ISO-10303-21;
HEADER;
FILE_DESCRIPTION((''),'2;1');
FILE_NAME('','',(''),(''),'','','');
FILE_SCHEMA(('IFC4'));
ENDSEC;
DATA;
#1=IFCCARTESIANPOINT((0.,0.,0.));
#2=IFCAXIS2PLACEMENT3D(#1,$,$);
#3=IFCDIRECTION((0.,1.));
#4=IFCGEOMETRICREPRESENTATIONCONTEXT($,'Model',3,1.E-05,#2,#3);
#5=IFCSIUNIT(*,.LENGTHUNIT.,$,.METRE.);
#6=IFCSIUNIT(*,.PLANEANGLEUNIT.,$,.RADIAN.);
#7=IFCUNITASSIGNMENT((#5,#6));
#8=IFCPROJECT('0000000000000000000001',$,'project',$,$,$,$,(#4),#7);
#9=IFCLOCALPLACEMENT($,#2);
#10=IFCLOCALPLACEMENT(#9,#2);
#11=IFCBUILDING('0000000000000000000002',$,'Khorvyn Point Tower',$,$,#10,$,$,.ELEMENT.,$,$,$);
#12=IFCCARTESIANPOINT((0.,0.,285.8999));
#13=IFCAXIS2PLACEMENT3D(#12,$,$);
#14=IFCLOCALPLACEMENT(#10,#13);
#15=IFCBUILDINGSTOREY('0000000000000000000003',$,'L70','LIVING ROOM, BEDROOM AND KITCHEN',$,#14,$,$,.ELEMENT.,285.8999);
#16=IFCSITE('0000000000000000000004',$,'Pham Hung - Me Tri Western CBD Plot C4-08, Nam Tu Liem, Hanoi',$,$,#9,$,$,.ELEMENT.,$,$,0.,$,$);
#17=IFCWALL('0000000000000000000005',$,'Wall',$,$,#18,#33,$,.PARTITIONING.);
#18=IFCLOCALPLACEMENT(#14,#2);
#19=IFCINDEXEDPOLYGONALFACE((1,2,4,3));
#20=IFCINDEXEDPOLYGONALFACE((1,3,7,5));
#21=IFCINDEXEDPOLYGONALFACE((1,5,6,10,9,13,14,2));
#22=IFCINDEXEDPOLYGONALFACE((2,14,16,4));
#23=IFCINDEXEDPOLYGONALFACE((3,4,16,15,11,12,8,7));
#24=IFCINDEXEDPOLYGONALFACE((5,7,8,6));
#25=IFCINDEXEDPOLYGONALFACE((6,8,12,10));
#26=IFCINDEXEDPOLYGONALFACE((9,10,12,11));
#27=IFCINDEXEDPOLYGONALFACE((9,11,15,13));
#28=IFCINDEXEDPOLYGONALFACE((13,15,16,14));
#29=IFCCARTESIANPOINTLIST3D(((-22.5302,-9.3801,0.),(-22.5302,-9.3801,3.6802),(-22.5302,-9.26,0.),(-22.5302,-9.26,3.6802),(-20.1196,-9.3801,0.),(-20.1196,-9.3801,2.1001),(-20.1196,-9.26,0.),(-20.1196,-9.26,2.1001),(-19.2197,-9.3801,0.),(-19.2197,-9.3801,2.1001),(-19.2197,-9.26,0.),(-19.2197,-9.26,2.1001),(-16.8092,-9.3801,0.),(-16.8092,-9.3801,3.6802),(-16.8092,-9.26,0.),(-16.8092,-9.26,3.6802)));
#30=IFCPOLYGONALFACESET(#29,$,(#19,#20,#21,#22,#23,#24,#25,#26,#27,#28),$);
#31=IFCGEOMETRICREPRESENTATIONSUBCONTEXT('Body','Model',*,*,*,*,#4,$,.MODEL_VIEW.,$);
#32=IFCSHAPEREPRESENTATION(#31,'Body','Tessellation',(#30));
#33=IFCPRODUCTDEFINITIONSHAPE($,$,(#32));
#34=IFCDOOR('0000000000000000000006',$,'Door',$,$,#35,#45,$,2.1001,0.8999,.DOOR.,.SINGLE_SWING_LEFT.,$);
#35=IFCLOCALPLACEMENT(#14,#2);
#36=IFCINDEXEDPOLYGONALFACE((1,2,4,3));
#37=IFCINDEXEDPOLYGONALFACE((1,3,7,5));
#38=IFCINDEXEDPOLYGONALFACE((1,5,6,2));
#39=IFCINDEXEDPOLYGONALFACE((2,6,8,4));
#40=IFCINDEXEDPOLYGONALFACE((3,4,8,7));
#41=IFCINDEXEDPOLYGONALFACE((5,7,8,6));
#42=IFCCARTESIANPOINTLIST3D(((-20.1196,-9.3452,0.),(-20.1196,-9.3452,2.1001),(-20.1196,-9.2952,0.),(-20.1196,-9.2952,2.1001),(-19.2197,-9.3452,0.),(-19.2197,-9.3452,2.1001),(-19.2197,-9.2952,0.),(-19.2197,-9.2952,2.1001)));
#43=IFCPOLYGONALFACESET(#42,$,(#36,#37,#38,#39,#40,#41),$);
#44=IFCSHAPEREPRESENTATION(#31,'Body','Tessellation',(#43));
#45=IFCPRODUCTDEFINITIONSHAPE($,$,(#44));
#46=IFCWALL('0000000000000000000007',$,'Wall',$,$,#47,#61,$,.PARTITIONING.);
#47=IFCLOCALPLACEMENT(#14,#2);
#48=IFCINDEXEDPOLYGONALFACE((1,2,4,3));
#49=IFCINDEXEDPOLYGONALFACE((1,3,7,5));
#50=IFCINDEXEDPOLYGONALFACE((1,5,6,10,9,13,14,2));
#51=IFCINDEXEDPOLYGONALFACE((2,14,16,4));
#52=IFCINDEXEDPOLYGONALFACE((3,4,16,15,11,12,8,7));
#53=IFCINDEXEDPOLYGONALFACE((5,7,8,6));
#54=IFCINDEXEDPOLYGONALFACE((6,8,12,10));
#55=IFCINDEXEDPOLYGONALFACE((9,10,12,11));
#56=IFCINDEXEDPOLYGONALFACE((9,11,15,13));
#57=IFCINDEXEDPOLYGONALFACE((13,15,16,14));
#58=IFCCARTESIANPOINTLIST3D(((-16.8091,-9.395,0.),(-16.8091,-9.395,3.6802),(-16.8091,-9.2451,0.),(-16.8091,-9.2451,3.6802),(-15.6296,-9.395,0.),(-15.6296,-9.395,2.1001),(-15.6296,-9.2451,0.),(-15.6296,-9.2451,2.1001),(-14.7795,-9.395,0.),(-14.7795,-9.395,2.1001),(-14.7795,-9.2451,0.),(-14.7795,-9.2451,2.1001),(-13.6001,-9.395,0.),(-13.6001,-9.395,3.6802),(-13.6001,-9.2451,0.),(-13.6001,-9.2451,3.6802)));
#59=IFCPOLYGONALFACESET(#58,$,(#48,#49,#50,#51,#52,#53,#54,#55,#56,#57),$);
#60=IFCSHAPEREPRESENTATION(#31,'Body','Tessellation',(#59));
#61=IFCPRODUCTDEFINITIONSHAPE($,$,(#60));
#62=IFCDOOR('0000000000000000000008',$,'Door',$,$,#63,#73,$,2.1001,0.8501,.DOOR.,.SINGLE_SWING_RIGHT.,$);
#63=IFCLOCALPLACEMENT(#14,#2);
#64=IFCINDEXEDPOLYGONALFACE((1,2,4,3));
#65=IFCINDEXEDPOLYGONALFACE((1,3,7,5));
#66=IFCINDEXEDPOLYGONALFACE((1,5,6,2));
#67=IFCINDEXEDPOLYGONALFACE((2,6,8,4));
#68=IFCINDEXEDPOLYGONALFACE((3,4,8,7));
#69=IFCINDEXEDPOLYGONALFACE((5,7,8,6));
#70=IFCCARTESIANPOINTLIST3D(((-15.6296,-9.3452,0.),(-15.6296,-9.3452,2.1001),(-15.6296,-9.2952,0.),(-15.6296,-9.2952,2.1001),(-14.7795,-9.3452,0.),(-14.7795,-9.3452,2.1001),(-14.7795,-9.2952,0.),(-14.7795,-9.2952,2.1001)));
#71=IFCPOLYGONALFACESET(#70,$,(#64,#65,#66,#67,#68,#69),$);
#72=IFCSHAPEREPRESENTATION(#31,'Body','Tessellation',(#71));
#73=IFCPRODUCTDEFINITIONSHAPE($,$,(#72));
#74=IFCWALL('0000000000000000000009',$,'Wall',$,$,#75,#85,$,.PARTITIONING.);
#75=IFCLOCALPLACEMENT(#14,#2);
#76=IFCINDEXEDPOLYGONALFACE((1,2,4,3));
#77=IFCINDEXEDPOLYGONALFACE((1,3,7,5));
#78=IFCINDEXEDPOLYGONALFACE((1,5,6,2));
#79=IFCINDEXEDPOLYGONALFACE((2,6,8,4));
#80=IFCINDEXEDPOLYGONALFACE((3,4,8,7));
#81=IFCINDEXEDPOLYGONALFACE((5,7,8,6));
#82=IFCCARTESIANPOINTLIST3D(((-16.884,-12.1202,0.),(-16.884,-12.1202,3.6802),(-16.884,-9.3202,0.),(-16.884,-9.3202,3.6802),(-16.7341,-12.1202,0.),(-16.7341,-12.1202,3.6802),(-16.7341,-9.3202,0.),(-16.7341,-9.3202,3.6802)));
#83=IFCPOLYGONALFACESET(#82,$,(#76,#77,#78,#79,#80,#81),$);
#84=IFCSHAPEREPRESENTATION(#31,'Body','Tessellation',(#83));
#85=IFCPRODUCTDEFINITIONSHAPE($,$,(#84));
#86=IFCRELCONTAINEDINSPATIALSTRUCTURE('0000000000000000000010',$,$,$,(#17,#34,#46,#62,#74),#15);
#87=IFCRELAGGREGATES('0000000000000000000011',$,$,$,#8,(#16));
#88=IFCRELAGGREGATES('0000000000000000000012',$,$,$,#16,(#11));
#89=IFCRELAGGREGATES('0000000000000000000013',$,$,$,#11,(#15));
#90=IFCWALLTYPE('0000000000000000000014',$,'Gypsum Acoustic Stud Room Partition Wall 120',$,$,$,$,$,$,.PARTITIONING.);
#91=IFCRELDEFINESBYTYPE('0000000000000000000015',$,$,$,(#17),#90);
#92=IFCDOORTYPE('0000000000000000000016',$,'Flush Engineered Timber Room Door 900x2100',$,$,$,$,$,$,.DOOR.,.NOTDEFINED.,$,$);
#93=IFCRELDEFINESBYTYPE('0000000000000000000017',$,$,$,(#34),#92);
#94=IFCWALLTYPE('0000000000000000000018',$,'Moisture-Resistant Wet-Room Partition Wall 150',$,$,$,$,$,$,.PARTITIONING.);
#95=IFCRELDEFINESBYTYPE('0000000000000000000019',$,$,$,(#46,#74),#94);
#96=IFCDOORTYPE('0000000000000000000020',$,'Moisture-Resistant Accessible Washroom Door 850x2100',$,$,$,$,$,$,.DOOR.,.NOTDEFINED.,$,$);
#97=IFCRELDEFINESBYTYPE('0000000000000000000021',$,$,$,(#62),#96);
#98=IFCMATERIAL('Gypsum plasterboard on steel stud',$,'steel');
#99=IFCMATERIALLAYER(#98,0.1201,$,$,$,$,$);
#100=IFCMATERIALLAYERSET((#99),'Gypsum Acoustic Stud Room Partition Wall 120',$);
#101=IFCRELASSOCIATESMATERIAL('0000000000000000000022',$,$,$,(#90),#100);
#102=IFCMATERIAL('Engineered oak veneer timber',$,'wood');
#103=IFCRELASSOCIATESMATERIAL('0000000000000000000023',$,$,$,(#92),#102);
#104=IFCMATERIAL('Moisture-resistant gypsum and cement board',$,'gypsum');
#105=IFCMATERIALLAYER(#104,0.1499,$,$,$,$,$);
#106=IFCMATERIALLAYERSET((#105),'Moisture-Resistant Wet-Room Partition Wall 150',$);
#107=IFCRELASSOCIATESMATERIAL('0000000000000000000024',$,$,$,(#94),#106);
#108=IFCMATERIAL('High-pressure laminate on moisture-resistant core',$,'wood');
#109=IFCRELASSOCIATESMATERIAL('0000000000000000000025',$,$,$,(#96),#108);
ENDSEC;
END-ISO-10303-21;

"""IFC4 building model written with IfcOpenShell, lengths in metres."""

from ifc_helpers import new_model, si_unit, direction, frame, frame_2d, origin, place, context, subcontext, project, spatial, rectangle, extrude, material, layer, layer_set, type_object, element, fill, save


model = new_model("IFC4")

# Units and contexts
model_context = context("Model", 3, precision=1e-05, world=origin(), true_north=direction((0.0, 1.0)))
body_context = subcontext(model_context, "Body", "Model", "MODEL_VIEW")
ifc_project = project(units=[si_unit("LENGTHUNIT", "METRE"), si_unit("PLANEANGLEUNIT", "RADIAN")], contexts=[model_context])

# Site, building, storey
site_placement = place(None, origin())
site = spatial("IfcSite", under=ifc_project, at=site_placement, Name="Pham Hung - Me Tri Western CBD Plot C4-08, Nam Tu Liem, Hanoi", CompositionType="ELEMENT", RefElevation=0.0)
building_placement = place(site_placement, origin())
building = spatial("IfcBuilding", under=site, at=building_placement, Name="Khorvyn Point Tower", CompositionType="ELEMENT")
storey_placement = place(building_placement, frame((0.0, 0.0, 285.8999)))
storey = spatial("IfcBuildingStorey", under=building, at=storey_placement, Name="L70", Description="LIVING ROOM, BEDROOM AND KITCHEN", CompositionType="ELEMENT", Elevation=285.8999)

# Walls, openings, doors
ifc_material_1 = material(Name="Gypsum plasterboard on steel stud", Category="steel")
ifc_layer_1 = layer(ifc_material_1, 0.1201)
ifc_layer_set_1 = layer_set([ifc_layer_1], Name="Gypsum Acoustic Stud Room Partition Wall 120")
wall_type_1 = type_object("IfcWallType", Name="Gypsum Acoustic Stud Room Partition Wall 120", PredefinedType="PARTITIONING", material=ifc_layer_set_1)
wall_1_placement = place(storey_placement, frame((-22.53, -9.3201, 0.0), z_axis=(0.0, 0.0, 1.0), x_axis=(1.0, 0.0, 0.0)))
wall_1 = element("IfcWall", 1, at=wall_1_placement, inside=storey, type_object=wall_type_1, Name="Wall", PredefinedType="PARTITIONING", context=body_context, shape_type="SweptSolid", body=[
    extrude(rectangle(XDim=5.7209, YDim=0.1201, at=frame_2d((2.8604, 0.0))), origin(), (0.0, 0.0, 1.0), 3.6802),
])
opening_1_placement = place(wall_1_placement, frame((2.4104, 0.0, 0.0)))
opening_1 = element("IfcOpeningElement", 2, at=opening_1_placement, cuts=wall_1, PredefinedType="OPENING", context=body_context, shape_type="SweptSolid", body=[
    extrude(rectangle(XDim=0.8999, YDim=2.1001, at=frame_2d((0.45, 1.05))), frame((0.0, 0.0701, 0.0), z_axis=(0.0, -1.0, 0.0), x_axis=(1.0, 0.0, 0.0)), (0.0, 0.0, 1.0), 0.1401),
])
ifc_material_2 = material(Name="Engineered oak veneer timber", Category="wood")
door_type_1 = type_object("IfcDoorType", Name="Flush Engineered Timber Room Door 900x2100", OperationType="NOTDEFINED", PredefinedType="DOOR", material=ifc_material_2)
door_1_placement = place(opening_1_placement, origin())
door_1 = element("IfcDoor", 3, at=door_1_placement, inside=storey, type_object=door_type_1, Name="Door", OperationType="SINGLE_SWING_LEFT", OverallHeight=2.1001, OverallWidth=0.8999, PredefinedType="DOOR", context=body_context, shape_type="SweptSolid", body=[
    extrude(rectangle(XDim=0.8999, YDim=2.1001, at=frame_2d((0.45, 1.05))), frame((0.0, 0.0249, 0.0), z_axis=(0.0, -1.0, 0.0), x_axis=(1.0, 0.0, 0.0)), (0.0, 0.0, 1.0), 0.05),
])
fill(opening_1, door_1)
ifc_material_3 = material(Name="Moisture-resistant gypsum and cement board", Category="gypsum")
ifc_layer_2 = layer(ifc_material_3, 0.1499)
ifc_layer_set_2 = layer_set([ifc_layer_2], Name="Moisture-Resistant Wet-Room Partition Wall 150")
wall_type_2 = type_object("IfcWallType", Name="Moisture-Resistant Wet-Room Partition Wall 150", PredefinedType="PARTITIONING", material=ifc_layer_set_2)
wall_2_placement = place(storey_placement, frame((-16.8091, -9.3201, 0.0), z_axis=(0.0, 0.0, 1.0), x_axis=(1.0, 0.0, 0.0)))
wall_2 = element("IfcWall", 4, at=wall_2_placement, inside=storey, type_object=wall_type_2, Name="Wall", PredefinedType="PARTITIONING", context=body_context, shape_type="SweptSolid", body=[
    extrude(rectangle(XDim=3.209, YDim=0.1499, at=frame_2d((1.6045, 0.0))), origin(), (0.0, 0.0, 1.0), 3.6802),
])
opening_2_placement = place(wall_2_placement, frame((1.1794, 0.0, 0.0)))
opening_2 = element("IfcOpeningElement", 5, at=opening_2_placement, cuts=wall_2, PredefinedType="OPENING", context=body_context, shape_type="SweptSolid", body=[
    extrude(rectangle(XDim=0.8501, YDim=2.1001, at=frame_2d((0.425, 1.05))), frame((0.0, 0.085, 0.0), z_axis=(0.0, -1.0, 0.0), x_axis=(1.0, 0.0, 0.0)), (0.0, 0.0, 1.0), 0.1699),
])
ifc_material_4 = material(Name="High-pressure laminate on moisture-resistant core", Category="wood")
door_type_2 = type_object("IfcDoorType", Name="Moisture-Resistant Accessible Washroom Door 850x2100", OperationType="NOTDEFINED", PredefinedType="DOOR", material=ifc_material_4)
door_2_placement = place(opening_2_placement, origin())
door_2 = element("IfcDoor", 6, at=door_2_placement, inside=storey, type_object=door_type_2, Name="Door", OperationType="SINGLE_SWING_RIGHT", OverallHeight=2.1001, OverallWidth=0.8501, PredefinedType="DOOR", context=body_context, shape_type="SweptSolid", body=[
    extrude(rectangle(XDim=0.8501, YDim=2.1001, at=frame_2d((0.425, 1.05))), frame((0.0, 0.0249, 0.0), z_axis=(0.0, -1.0, 0.0), x_axis=(1.0, 0.0, 0.0)), (0.0, 0.0, 1.0), 0.05),
])
fill(opening_2, door_2)

# Wall
wall_3_placement = place(storey_placement, frame((-16.8091, -12.1201, 0.0), z_axis=(0.0, 0.0, 1.0), x_axis=(0.0, 1.0, 0.0)))
element("IfcWall", 7, at=wall_3_placement, inside=storey, type_object=wall_type_2, Name="Wall", PredefinedType="PARTITIONING", context=body_context, shape_type="SweptSolid", body=[
    extrude(rectangle(XDim=2.8, YDim=0.1499, at=frame_2d((1.3999, 0.0))), origin(), (0.0, 0.0, 1.0), 3.6802),
])

save(model, "model.ifc")
